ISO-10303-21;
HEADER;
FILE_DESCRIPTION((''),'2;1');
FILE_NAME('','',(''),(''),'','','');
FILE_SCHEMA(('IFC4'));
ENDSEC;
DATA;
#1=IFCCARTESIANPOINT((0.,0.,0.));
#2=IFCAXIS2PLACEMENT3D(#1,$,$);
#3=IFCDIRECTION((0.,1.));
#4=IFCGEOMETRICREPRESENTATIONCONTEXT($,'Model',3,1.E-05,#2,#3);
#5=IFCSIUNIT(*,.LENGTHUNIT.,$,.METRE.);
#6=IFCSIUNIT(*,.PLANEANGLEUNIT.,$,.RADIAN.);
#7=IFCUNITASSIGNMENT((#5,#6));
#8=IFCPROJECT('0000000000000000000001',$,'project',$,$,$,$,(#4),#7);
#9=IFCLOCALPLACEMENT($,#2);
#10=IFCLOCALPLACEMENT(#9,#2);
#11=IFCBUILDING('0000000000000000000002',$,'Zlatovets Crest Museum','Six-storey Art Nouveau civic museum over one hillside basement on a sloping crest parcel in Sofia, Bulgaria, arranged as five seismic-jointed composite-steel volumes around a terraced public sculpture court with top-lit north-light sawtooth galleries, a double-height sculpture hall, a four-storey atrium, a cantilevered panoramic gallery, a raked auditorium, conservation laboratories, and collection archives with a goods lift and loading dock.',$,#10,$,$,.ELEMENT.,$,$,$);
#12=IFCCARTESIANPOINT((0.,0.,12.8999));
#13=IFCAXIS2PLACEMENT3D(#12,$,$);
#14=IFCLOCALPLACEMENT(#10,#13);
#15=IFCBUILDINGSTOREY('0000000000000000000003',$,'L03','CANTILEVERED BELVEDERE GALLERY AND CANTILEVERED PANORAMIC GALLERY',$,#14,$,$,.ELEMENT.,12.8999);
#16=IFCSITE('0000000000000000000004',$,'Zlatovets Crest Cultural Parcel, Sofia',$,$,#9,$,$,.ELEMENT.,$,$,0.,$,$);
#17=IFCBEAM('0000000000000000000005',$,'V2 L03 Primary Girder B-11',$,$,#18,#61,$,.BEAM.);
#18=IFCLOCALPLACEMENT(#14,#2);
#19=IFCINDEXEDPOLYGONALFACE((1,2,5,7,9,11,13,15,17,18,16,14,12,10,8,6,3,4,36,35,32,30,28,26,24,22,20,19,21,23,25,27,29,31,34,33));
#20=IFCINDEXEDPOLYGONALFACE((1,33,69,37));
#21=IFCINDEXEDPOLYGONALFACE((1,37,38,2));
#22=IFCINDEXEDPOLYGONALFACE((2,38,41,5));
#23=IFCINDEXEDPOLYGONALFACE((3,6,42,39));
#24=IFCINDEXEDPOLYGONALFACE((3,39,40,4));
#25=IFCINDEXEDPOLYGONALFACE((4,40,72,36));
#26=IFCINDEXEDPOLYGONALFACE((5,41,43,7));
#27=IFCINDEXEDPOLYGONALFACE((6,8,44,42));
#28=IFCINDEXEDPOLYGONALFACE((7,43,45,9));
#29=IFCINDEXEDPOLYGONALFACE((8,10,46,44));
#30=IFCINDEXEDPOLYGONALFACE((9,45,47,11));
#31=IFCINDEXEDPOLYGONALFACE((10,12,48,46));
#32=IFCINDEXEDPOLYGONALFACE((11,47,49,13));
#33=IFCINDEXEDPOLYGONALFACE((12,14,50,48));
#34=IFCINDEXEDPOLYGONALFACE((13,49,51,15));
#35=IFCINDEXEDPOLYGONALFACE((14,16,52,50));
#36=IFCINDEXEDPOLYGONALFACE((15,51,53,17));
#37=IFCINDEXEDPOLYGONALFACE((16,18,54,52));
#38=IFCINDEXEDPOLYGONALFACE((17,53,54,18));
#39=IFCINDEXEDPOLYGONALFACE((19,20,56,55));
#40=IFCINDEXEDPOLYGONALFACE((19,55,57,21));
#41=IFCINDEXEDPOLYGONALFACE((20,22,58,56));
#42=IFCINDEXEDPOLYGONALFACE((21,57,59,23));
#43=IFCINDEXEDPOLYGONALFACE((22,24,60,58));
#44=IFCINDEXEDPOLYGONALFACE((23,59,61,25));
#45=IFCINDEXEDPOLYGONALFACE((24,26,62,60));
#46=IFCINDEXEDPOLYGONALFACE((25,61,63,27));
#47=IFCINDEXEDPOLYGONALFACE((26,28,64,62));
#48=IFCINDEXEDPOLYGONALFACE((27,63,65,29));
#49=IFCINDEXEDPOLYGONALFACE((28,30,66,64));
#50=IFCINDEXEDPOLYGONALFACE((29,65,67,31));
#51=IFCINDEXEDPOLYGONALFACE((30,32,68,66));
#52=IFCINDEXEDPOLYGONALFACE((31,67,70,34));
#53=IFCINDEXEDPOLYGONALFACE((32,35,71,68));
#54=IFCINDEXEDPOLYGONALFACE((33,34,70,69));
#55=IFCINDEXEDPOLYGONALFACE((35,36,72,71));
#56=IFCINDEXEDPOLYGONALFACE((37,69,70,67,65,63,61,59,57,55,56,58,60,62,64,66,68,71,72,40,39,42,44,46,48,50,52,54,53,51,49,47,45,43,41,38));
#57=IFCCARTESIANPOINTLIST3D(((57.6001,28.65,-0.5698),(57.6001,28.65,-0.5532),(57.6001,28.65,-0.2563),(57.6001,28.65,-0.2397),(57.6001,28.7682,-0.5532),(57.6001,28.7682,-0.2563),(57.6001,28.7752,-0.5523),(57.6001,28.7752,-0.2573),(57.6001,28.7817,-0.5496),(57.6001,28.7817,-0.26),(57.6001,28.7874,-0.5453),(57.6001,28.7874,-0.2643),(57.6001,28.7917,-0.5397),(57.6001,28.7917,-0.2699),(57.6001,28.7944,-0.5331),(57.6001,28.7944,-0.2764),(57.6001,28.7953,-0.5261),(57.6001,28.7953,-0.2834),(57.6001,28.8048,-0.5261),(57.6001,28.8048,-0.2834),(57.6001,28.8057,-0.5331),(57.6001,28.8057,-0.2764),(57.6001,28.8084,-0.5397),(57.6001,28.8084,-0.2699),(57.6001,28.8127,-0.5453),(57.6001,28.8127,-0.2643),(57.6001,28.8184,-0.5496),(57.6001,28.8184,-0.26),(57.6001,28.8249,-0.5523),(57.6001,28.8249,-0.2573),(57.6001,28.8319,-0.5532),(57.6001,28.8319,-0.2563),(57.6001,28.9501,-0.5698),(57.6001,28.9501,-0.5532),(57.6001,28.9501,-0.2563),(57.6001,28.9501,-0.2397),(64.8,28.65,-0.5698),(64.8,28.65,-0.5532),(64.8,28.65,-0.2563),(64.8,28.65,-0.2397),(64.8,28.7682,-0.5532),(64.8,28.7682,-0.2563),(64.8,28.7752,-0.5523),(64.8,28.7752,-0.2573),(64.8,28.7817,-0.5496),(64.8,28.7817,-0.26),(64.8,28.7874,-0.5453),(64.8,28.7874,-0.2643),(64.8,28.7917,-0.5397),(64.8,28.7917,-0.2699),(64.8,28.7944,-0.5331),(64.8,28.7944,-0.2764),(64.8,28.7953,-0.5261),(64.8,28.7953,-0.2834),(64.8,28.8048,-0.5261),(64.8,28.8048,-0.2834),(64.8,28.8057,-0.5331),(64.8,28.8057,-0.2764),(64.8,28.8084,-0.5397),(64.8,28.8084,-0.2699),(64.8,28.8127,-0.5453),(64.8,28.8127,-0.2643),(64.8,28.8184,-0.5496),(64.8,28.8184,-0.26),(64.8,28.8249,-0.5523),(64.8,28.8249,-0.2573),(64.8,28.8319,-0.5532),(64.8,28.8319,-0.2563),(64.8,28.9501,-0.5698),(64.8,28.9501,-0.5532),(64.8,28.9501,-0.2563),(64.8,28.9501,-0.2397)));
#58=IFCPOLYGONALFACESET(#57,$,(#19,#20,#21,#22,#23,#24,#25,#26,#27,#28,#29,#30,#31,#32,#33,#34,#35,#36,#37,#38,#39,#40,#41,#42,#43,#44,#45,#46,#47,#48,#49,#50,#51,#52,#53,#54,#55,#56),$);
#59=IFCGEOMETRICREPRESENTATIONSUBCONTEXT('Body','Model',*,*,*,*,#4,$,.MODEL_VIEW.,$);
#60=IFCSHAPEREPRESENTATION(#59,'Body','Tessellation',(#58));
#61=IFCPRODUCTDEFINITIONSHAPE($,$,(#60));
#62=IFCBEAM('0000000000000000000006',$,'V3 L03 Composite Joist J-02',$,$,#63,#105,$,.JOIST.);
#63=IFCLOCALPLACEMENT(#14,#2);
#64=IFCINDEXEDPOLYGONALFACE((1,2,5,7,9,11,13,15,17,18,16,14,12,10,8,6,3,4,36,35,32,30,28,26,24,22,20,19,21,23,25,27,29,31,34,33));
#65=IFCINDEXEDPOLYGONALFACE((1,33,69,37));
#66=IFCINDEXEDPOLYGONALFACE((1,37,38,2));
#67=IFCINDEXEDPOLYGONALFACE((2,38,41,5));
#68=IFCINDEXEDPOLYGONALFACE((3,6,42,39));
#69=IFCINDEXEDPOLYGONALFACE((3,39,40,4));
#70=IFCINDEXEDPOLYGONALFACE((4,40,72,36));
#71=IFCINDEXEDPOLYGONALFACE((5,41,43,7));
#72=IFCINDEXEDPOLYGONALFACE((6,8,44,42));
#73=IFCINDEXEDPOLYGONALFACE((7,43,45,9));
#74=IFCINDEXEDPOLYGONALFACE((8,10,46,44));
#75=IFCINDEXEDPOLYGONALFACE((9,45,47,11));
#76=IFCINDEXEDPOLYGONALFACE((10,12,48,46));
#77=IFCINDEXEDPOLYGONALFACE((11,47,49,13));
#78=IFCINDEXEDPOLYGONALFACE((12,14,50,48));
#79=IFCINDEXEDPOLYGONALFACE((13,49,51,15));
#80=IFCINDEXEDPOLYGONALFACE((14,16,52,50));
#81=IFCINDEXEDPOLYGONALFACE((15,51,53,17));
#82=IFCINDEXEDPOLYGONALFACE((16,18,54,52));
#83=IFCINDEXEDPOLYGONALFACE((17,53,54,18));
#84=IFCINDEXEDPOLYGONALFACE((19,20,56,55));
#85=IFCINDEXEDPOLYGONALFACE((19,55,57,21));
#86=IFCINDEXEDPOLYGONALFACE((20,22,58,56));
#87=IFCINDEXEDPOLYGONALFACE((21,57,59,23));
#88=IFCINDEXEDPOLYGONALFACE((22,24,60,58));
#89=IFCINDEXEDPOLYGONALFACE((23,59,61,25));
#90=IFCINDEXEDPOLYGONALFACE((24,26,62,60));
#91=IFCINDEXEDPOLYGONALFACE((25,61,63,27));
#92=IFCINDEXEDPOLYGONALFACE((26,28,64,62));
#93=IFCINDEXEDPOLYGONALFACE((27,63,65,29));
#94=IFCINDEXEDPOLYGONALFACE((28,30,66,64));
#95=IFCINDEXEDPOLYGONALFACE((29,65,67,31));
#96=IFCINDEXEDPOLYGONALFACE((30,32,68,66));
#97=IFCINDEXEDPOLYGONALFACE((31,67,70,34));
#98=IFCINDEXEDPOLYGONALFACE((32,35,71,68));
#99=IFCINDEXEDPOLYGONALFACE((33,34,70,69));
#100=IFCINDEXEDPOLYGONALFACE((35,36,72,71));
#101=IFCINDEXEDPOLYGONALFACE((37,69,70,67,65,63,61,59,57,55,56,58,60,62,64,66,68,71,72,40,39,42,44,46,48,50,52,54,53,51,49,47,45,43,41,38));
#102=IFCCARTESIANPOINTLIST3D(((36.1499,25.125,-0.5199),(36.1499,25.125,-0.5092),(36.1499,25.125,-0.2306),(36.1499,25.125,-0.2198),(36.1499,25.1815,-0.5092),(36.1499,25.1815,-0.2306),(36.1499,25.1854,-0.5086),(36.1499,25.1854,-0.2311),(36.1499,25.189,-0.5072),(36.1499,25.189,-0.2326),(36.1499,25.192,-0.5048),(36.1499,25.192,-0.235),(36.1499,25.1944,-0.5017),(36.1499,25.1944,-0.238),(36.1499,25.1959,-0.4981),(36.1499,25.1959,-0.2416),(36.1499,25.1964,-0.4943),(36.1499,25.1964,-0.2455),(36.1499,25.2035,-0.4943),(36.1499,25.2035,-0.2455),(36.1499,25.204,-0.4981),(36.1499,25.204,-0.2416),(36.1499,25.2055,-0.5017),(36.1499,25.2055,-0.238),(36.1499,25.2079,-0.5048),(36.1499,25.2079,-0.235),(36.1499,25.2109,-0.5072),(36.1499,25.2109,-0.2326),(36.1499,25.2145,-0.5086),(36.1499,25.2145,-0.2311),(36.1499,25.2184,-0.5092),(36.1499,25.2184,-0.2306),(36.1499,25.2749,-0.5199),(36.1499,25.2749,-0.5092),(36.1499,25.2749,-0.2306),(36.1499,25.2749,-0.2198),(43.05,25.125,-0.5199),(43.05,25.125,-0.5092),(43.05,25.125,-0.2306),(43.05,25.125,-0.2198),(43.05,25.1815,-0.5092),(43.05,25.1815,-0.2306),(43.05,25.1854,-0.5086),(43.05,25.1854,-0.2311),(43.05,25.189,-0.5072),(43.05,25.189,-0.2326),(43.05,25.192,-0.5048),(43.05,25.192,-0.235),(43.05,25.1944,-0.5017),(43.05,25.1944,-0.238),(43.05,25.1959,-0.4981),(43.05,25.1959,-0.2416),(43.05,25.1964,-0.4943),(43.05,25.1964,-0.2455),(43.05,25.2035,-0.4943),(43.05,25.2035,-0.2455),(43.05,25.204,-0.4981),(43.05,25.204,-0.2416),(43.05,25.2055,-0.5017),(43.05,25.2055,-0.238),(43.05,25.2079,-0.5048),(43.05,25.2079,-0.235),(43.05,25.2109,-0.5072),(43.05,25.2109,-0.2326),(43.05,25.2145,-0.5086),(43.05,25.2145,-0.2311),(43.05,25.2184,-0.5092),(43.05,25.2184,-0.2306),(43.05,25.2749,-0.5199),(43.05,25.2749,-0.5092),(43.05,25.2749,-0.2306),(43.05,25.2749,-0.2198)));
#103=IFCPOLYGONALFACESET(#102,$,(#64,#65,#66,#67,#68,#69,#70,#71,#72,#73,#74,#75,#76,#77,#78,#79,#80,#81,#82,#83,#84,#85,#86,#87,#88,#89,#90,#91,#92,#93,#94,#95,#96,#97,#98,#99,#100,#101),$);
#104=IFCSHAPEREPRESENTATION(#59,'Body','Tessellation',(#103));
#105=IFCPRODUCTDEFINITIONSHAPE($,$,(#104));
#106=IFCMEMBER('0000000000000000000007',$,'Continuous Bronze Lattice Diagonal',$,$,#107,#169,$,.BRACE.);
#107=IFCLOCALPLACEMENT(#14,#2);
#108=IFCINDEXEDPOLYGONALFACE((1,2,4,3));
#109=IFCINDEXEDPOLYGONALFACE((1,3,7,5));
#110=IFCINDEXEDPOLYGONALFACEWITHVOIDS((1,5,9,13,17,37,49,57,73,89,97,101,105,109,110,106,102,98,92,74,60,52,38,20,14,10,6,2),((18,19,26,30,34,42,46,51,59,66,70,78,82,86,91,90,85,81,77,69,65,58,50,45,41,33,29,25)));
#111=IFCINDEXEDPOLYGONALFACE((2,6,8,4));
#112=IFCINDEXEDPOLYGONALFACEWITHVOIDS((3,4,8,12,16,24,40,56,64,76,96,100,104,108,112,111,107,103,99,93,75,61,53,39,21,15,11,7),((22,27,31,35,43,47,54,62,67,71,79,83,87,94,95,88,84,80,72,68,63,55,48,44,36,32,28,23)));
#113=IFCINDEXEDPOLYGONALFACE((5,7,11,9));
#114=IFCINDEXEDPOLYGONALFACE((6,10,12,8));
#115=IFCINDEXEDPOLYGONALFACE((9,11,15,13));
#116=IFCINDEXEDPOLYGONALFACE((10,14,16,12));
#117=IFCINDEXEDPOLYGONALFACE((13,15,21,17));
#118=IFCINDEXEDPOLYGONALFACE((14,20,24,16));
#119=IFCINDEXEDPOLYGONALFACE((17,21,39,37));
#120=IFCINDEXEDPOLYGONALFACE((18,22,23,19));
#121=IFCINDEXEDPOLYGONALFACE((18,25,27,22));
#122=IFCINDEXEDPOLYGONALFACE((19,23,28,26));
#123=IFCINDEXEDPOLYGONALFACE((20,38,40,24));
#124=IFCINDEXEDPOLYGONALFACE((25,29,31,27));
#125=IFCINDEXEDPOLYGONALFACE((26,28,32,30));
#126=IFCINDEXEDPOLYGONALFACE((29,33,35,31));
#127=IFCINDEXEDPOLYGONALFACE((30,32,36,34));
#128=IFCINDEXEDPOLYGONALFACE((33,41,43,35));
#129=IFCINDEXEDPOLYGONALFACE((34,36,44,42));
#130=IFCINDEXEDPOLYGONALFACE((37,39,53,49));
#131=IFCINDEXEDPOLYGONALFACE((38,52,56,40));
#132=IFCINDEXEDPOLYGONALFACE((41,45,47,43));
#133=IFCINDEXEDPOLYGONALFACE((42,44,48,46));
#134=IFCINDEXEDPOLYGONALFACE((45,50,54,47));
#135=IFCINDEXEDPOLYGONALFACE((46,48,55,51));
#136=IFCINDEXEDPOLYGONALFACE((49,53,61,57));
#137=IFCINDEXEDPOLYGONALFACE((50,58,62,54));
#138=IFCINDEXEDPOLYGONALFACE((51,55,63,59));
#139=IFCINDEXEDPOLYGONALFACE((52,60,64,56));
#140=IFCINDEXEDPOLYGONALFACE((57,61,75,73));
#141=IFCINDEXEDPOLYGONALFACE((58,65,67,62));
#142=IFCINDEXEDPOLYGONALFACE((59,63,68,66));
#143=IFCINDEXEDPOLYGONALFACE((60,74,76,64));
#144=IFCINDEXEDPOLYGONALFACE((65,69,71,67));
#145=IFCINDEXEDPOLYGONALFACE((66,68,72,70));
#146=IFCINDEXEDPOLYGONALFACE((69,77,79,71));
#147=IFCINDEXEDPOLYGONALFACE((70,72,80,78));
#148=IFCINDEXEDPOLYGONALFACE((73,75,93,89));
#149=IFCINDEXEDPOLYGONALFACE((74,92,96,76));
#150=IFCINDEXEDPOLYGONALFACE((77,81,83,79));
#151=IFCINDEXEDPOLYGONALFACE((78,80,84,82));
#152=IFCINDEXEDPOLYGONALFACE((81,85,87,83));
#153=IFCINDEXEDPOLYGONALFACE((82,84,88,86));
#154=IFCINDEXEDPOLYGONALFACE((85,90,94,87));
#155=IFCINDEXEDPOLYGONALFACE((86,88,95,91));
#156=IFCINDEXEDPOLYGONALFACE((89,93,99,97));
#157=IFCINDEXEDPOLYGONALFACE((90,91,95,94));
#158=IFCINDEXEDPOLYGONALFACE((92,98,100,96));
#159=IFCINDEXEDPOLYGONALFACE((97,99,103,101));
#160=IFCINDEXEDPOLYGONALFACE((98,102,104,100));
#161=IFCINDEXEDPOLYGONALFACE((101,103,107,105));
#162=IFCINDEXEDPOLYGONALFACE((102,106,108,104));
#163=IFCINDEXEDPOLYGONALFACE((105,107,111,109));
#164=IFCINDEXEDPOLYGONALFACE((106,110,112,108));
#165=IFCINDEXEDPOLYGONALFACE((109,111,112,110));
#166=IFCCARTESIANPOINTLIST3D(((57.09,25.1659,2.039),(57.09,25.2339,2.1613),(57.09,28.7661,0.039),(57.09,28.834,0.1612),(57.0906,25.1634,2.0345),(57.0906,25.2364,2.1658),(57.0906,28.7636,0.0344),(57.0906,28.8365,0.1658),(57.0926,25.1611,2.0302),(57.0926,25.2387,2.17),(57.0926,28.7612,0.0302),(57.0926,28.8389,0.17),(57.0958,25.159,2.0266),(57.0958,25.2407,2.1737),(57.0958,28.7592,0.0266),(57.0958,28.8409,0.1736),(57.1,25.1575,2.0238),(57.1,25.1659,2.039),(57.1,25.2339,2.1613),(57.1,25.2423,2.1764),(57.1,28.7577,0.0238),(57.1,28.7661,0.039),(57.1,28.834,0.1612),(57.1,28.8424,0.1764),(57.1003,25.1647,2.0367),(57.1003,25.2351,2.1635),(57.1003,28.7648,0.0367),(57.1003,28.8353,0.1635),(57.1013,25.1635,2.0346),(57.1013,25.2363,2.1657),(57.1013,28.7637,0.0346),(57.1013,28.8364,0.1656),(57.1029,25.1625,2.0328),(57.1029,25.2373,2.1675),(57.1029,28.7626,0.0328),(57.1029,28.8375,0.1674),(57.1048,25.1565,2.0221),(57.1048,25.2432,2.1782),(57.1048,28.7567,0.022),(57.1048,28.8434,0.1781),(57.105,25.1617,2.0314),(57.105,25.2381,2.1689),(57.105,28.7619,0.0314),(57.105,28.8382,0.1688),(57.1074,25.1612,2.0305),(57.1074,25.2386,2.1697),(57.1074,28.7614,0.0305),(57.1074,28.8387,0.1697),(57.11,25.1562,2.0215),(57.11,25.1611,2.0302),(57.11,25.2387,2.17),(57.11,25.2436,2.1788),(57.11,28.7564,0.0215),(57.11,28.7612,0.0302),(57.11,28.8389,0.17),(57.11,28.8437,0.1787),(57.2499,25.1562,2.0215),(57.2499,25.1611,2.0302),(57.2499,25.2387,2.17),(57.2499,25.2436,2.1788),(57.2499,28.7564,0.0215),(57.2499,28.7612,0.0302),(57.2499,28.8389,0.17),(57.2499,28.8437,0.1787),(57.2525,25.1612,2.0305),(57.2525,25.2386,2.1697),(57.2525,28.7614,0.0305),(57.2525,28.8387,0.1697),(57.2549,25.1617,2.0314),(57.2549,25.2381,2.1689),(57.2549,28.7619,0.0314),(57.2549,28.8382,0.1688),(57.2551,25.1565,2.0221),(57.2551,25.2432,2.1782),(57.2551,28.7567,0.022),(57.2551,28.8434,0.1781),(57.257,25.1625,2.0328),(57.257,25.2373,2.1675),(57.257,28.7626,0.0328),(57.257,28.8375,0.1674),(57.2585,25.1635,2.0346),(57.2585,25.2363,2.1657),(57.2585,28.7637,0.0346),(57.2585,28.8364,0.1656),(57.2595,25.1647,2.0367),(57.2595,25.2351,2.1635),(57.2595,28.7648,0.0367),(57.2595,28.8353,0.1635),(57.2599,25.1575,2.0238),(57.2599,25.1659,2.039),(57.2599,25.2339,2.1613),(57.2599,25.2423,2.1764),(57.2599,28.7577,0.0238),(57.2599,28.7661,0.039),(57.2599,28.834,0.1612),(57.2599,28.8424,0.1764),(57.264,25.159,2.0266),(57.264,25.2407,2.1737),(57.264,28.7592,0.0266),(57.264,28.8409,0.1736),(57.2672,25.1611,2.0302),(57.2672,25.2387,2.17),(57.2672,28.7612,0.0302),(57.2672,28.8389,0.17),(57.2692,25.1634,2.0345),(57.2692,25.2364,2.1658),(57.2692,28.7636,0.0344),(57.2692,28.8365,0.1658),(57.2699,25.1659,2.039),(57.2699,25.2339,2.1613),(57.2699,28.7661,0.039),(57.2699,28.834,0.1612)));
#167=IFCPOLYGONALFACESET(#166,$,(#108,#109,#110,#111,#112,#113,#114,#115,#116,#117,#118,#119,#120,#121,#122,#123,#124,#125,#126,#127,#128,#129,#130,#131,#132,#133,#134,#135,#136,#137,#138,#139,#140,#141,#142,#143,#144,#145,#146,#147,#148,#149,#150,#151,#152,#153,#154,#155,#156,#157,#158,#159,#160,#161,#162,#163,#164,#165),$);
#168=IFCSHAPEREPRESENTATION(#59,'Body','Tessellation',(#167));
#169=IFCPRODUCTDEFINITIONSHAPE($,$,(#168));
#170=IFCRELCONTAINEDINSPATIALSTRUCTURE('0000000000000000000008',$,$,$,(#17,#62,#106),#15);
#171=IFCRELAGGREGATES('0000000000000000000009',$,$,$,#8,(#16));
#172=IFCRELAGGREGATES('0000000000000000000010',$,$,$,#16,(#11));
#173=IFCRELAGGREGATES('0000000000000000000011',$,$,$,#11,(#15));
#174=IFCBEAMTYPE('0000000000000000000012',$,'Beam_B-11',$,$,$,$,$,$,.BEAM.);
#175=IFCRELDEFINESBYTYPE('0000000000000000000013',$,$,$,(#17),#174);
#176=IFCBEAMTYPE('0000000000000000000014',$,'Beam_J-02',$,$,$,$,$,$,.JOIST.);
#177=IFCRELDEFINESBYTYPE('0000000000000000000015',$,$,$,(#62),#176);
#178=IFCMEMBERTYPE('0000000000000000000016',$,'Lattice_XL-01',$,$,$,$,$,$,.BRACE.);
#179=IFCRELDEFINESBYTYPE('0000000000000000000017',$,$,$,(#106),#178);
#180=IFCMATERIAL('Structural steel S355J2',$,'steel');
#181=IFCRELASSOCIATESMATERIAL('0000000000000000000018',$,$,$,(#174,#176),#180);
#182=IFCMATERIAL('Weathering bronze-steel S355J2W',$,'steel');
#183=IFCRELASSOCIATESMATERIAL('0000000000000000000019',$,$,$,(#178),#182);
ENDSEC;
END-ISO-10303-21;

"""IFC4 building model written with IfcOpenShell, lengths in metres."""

from ifc_helpers import new_model, si_unit, direction, frame, origin, origin_2d, place, context, subcontext, project, spatial, hollow_rectangle, i_section, extrude, material, material_profile, profile_set, type_object, element, save


model = new_model("IFC4")

# Units and contexts
model_context = context("Model", 3, precision=1e-05, world=origin(), true_north=direction((0.0, 1.0)))
body_context = subcontext(model_context, "Body", "Model", "MODEL_VIEW")
ifc_project = project(units=[si_unit("LENGTHUNIT", "METRE"), si_unit("PLANEANGLEUNIT", "RADIAN")], contexts=[model_context])

# Site, building, storey
site_placement = place(None, origin())
site = spatial("IfcSite", under=ifc_project, at=site_placement, Name="Zlatovets Crest Cultural Parcel, Sofia", CompositionType="ELEMENT", RefElevation=0.0)
building_placement = place(site_placement, origin())
building = spatial("IfcBuilding", under=site, at=building_placement, Name="Zlatovets Crest Museum", Description="Six-storey Art Nouveau civic museum over one hillside basement on a sloping crest parcel in Sofia, Bulgaria, arranged as five seismic-jointed composite-steel volumes around a terraced public sculpture court with top-lit north-light sawtooth galleries, a double-height sculpture hall, a four-storey atrium, a cantilevered panoramic gallery, a raked auditorium, conservation laboratories, and collection archives with a goods lift and loading dock.", CompositionType="ELEMENT")
storey_placement = place(building_placement, frame((0.0, 0.0, 12.8999)))
storey = spatial("IfcBuildingStorey", under=building, at=storey_placement, Name="L03", Description="CANTILEVERED BELVEDERE GALLERY AND CANTILEVERED PANORAMIC GALLERY", CompositionType="ELEMENT", Elevation=12.8999)

# Shared definitions
ifc_material_1 = material(Name="Structural steel S355J2", Category="steel")

# Beams
ifc_material_profile_1 = material_profile(ifc_material_1, i_section(OverallWidth=0.3, OverallDepth=0.3301, WebThickness=0.0095, FlangeThickness=0.0166, FilletRadius=0.0271, at=origin_2d()), Name="HEA 340")
ifc_profile_set_1 = profile_set([ifc_material_profile_1], Name="Structural steel S355J2")
beam_type_1 = type_object("IfcBeamType", Name="Beam_B-11", PredefinedType="BEAM", material=ifc_profile_set_1)
beam_1_placement = place(storey_placement, frame((57.6001, 28.8, -0.4048), z_axis=(1.0, 0.0, 0.0), x_axis=(0.0, 1.0, 0.0)))
element("IfcBeam", 1, at=beam_1_placement, inside=storey, type_object=beam_type_1, Name="V2 L03 Primary Girder B-11", PredefinedType="BEAM", context=body_context, shape_type="SweptSolid", body=[
    extrude(i_section(OverallWidth=0.3, OverallDepth=0.3301, WebThickness=0.0095, FlangeThickness=0.0166, FilletRadius=0.0271, at=origin_2d()), origin(), (0.0, 0.0, 1.0), 7.2),
])
ifc_material_profile_2 = material_profile(ifc_material_1, i_section(OverallWidth=0.1499, OverallDepth=0.3, WebThickness=0.0071, FlangeThickness=0.0107, FilletRadius=0.0149, at=origin_2d()), Name="IPE 300")
ifc_profile_set_2 = profile_set([ifc_material_profile_2], Name="Structural steel S355J2")
beam_type_2 = type_object("IfcBeamType", Name="Beam_J-02", PredefinedType="JOIST", material=ifc_profile_set_2)
beam_2_placement = place(storey_placement, frame((36.1499, 25.2, -0.3699), z_axis=(1.0, 0.0, 0.0), x_axis=(0.0, 1.0, 0.0)))
element("IfcBeam", 2, at=beam_2_placement, inside=storey, type_object=beam_type_2, Name="V3 L03 Composite Joist J-02", PredefinedType="JOIST", context=body_context, shape_type="SweptSolid", body=[
    extrude(i_section(OverallWidth=0.1499, OverallDepth=0.3, WebThickness=0.0071, FlangeThickness=0.0107, FilletRadius=0.0149, at=origin_2d()), origin(), (0.0, 0.0, 1.0), 6.9001),
])

# Member
ifc_material_2 = material(Name="Weathering bronze-steel S355J2W", Category="steel")
ifc_material_profile_3 = material_profile(ifc_material_2, hollow_rectangle(XDim=0.1799, YDim=0.1799, WallThickness=0.01, InnerFilletRadius=0.01, OuterFilletRadius=0.02, at=origin_2d()), Name="SHS 180x180x10.0")
ifc_profile_set_3 = profile_set([ifc_material_profile_3], Name="Weathering bronze-steel S355J2W")
member_type_1 = type_object("IfcMemberType", Name="Lattice_XL-01", PredefinedType="BRACE", material=ifc_profile_set_3)
member_1_placement = place(storey_placement, frame((57.1799, 28.8, 0.1001), z_axis=(0.0, -0.874163, 0.485633), x_axis=(1.0, 0.0, 0.0)))
element("IfcMember", 3, at=member_1_placement, inside=storey, type_object=member_type_1, Name="Continuous Bronze Lattice Diagonal", PredefinedType="BRACE", context=body_context, shape_type="SweptSolid", body=[
    extrude(hollow_rectangle(XDim=0.1799, YDim=0.1799, WallThickness=0.01, InnerFilletRadius=0.01, OuterFilletRadius=0.02, at=origin_2d()), origin(), (0.0, 0.0, 1.0), 4.1184),
])

save(model, "model.ifc")
